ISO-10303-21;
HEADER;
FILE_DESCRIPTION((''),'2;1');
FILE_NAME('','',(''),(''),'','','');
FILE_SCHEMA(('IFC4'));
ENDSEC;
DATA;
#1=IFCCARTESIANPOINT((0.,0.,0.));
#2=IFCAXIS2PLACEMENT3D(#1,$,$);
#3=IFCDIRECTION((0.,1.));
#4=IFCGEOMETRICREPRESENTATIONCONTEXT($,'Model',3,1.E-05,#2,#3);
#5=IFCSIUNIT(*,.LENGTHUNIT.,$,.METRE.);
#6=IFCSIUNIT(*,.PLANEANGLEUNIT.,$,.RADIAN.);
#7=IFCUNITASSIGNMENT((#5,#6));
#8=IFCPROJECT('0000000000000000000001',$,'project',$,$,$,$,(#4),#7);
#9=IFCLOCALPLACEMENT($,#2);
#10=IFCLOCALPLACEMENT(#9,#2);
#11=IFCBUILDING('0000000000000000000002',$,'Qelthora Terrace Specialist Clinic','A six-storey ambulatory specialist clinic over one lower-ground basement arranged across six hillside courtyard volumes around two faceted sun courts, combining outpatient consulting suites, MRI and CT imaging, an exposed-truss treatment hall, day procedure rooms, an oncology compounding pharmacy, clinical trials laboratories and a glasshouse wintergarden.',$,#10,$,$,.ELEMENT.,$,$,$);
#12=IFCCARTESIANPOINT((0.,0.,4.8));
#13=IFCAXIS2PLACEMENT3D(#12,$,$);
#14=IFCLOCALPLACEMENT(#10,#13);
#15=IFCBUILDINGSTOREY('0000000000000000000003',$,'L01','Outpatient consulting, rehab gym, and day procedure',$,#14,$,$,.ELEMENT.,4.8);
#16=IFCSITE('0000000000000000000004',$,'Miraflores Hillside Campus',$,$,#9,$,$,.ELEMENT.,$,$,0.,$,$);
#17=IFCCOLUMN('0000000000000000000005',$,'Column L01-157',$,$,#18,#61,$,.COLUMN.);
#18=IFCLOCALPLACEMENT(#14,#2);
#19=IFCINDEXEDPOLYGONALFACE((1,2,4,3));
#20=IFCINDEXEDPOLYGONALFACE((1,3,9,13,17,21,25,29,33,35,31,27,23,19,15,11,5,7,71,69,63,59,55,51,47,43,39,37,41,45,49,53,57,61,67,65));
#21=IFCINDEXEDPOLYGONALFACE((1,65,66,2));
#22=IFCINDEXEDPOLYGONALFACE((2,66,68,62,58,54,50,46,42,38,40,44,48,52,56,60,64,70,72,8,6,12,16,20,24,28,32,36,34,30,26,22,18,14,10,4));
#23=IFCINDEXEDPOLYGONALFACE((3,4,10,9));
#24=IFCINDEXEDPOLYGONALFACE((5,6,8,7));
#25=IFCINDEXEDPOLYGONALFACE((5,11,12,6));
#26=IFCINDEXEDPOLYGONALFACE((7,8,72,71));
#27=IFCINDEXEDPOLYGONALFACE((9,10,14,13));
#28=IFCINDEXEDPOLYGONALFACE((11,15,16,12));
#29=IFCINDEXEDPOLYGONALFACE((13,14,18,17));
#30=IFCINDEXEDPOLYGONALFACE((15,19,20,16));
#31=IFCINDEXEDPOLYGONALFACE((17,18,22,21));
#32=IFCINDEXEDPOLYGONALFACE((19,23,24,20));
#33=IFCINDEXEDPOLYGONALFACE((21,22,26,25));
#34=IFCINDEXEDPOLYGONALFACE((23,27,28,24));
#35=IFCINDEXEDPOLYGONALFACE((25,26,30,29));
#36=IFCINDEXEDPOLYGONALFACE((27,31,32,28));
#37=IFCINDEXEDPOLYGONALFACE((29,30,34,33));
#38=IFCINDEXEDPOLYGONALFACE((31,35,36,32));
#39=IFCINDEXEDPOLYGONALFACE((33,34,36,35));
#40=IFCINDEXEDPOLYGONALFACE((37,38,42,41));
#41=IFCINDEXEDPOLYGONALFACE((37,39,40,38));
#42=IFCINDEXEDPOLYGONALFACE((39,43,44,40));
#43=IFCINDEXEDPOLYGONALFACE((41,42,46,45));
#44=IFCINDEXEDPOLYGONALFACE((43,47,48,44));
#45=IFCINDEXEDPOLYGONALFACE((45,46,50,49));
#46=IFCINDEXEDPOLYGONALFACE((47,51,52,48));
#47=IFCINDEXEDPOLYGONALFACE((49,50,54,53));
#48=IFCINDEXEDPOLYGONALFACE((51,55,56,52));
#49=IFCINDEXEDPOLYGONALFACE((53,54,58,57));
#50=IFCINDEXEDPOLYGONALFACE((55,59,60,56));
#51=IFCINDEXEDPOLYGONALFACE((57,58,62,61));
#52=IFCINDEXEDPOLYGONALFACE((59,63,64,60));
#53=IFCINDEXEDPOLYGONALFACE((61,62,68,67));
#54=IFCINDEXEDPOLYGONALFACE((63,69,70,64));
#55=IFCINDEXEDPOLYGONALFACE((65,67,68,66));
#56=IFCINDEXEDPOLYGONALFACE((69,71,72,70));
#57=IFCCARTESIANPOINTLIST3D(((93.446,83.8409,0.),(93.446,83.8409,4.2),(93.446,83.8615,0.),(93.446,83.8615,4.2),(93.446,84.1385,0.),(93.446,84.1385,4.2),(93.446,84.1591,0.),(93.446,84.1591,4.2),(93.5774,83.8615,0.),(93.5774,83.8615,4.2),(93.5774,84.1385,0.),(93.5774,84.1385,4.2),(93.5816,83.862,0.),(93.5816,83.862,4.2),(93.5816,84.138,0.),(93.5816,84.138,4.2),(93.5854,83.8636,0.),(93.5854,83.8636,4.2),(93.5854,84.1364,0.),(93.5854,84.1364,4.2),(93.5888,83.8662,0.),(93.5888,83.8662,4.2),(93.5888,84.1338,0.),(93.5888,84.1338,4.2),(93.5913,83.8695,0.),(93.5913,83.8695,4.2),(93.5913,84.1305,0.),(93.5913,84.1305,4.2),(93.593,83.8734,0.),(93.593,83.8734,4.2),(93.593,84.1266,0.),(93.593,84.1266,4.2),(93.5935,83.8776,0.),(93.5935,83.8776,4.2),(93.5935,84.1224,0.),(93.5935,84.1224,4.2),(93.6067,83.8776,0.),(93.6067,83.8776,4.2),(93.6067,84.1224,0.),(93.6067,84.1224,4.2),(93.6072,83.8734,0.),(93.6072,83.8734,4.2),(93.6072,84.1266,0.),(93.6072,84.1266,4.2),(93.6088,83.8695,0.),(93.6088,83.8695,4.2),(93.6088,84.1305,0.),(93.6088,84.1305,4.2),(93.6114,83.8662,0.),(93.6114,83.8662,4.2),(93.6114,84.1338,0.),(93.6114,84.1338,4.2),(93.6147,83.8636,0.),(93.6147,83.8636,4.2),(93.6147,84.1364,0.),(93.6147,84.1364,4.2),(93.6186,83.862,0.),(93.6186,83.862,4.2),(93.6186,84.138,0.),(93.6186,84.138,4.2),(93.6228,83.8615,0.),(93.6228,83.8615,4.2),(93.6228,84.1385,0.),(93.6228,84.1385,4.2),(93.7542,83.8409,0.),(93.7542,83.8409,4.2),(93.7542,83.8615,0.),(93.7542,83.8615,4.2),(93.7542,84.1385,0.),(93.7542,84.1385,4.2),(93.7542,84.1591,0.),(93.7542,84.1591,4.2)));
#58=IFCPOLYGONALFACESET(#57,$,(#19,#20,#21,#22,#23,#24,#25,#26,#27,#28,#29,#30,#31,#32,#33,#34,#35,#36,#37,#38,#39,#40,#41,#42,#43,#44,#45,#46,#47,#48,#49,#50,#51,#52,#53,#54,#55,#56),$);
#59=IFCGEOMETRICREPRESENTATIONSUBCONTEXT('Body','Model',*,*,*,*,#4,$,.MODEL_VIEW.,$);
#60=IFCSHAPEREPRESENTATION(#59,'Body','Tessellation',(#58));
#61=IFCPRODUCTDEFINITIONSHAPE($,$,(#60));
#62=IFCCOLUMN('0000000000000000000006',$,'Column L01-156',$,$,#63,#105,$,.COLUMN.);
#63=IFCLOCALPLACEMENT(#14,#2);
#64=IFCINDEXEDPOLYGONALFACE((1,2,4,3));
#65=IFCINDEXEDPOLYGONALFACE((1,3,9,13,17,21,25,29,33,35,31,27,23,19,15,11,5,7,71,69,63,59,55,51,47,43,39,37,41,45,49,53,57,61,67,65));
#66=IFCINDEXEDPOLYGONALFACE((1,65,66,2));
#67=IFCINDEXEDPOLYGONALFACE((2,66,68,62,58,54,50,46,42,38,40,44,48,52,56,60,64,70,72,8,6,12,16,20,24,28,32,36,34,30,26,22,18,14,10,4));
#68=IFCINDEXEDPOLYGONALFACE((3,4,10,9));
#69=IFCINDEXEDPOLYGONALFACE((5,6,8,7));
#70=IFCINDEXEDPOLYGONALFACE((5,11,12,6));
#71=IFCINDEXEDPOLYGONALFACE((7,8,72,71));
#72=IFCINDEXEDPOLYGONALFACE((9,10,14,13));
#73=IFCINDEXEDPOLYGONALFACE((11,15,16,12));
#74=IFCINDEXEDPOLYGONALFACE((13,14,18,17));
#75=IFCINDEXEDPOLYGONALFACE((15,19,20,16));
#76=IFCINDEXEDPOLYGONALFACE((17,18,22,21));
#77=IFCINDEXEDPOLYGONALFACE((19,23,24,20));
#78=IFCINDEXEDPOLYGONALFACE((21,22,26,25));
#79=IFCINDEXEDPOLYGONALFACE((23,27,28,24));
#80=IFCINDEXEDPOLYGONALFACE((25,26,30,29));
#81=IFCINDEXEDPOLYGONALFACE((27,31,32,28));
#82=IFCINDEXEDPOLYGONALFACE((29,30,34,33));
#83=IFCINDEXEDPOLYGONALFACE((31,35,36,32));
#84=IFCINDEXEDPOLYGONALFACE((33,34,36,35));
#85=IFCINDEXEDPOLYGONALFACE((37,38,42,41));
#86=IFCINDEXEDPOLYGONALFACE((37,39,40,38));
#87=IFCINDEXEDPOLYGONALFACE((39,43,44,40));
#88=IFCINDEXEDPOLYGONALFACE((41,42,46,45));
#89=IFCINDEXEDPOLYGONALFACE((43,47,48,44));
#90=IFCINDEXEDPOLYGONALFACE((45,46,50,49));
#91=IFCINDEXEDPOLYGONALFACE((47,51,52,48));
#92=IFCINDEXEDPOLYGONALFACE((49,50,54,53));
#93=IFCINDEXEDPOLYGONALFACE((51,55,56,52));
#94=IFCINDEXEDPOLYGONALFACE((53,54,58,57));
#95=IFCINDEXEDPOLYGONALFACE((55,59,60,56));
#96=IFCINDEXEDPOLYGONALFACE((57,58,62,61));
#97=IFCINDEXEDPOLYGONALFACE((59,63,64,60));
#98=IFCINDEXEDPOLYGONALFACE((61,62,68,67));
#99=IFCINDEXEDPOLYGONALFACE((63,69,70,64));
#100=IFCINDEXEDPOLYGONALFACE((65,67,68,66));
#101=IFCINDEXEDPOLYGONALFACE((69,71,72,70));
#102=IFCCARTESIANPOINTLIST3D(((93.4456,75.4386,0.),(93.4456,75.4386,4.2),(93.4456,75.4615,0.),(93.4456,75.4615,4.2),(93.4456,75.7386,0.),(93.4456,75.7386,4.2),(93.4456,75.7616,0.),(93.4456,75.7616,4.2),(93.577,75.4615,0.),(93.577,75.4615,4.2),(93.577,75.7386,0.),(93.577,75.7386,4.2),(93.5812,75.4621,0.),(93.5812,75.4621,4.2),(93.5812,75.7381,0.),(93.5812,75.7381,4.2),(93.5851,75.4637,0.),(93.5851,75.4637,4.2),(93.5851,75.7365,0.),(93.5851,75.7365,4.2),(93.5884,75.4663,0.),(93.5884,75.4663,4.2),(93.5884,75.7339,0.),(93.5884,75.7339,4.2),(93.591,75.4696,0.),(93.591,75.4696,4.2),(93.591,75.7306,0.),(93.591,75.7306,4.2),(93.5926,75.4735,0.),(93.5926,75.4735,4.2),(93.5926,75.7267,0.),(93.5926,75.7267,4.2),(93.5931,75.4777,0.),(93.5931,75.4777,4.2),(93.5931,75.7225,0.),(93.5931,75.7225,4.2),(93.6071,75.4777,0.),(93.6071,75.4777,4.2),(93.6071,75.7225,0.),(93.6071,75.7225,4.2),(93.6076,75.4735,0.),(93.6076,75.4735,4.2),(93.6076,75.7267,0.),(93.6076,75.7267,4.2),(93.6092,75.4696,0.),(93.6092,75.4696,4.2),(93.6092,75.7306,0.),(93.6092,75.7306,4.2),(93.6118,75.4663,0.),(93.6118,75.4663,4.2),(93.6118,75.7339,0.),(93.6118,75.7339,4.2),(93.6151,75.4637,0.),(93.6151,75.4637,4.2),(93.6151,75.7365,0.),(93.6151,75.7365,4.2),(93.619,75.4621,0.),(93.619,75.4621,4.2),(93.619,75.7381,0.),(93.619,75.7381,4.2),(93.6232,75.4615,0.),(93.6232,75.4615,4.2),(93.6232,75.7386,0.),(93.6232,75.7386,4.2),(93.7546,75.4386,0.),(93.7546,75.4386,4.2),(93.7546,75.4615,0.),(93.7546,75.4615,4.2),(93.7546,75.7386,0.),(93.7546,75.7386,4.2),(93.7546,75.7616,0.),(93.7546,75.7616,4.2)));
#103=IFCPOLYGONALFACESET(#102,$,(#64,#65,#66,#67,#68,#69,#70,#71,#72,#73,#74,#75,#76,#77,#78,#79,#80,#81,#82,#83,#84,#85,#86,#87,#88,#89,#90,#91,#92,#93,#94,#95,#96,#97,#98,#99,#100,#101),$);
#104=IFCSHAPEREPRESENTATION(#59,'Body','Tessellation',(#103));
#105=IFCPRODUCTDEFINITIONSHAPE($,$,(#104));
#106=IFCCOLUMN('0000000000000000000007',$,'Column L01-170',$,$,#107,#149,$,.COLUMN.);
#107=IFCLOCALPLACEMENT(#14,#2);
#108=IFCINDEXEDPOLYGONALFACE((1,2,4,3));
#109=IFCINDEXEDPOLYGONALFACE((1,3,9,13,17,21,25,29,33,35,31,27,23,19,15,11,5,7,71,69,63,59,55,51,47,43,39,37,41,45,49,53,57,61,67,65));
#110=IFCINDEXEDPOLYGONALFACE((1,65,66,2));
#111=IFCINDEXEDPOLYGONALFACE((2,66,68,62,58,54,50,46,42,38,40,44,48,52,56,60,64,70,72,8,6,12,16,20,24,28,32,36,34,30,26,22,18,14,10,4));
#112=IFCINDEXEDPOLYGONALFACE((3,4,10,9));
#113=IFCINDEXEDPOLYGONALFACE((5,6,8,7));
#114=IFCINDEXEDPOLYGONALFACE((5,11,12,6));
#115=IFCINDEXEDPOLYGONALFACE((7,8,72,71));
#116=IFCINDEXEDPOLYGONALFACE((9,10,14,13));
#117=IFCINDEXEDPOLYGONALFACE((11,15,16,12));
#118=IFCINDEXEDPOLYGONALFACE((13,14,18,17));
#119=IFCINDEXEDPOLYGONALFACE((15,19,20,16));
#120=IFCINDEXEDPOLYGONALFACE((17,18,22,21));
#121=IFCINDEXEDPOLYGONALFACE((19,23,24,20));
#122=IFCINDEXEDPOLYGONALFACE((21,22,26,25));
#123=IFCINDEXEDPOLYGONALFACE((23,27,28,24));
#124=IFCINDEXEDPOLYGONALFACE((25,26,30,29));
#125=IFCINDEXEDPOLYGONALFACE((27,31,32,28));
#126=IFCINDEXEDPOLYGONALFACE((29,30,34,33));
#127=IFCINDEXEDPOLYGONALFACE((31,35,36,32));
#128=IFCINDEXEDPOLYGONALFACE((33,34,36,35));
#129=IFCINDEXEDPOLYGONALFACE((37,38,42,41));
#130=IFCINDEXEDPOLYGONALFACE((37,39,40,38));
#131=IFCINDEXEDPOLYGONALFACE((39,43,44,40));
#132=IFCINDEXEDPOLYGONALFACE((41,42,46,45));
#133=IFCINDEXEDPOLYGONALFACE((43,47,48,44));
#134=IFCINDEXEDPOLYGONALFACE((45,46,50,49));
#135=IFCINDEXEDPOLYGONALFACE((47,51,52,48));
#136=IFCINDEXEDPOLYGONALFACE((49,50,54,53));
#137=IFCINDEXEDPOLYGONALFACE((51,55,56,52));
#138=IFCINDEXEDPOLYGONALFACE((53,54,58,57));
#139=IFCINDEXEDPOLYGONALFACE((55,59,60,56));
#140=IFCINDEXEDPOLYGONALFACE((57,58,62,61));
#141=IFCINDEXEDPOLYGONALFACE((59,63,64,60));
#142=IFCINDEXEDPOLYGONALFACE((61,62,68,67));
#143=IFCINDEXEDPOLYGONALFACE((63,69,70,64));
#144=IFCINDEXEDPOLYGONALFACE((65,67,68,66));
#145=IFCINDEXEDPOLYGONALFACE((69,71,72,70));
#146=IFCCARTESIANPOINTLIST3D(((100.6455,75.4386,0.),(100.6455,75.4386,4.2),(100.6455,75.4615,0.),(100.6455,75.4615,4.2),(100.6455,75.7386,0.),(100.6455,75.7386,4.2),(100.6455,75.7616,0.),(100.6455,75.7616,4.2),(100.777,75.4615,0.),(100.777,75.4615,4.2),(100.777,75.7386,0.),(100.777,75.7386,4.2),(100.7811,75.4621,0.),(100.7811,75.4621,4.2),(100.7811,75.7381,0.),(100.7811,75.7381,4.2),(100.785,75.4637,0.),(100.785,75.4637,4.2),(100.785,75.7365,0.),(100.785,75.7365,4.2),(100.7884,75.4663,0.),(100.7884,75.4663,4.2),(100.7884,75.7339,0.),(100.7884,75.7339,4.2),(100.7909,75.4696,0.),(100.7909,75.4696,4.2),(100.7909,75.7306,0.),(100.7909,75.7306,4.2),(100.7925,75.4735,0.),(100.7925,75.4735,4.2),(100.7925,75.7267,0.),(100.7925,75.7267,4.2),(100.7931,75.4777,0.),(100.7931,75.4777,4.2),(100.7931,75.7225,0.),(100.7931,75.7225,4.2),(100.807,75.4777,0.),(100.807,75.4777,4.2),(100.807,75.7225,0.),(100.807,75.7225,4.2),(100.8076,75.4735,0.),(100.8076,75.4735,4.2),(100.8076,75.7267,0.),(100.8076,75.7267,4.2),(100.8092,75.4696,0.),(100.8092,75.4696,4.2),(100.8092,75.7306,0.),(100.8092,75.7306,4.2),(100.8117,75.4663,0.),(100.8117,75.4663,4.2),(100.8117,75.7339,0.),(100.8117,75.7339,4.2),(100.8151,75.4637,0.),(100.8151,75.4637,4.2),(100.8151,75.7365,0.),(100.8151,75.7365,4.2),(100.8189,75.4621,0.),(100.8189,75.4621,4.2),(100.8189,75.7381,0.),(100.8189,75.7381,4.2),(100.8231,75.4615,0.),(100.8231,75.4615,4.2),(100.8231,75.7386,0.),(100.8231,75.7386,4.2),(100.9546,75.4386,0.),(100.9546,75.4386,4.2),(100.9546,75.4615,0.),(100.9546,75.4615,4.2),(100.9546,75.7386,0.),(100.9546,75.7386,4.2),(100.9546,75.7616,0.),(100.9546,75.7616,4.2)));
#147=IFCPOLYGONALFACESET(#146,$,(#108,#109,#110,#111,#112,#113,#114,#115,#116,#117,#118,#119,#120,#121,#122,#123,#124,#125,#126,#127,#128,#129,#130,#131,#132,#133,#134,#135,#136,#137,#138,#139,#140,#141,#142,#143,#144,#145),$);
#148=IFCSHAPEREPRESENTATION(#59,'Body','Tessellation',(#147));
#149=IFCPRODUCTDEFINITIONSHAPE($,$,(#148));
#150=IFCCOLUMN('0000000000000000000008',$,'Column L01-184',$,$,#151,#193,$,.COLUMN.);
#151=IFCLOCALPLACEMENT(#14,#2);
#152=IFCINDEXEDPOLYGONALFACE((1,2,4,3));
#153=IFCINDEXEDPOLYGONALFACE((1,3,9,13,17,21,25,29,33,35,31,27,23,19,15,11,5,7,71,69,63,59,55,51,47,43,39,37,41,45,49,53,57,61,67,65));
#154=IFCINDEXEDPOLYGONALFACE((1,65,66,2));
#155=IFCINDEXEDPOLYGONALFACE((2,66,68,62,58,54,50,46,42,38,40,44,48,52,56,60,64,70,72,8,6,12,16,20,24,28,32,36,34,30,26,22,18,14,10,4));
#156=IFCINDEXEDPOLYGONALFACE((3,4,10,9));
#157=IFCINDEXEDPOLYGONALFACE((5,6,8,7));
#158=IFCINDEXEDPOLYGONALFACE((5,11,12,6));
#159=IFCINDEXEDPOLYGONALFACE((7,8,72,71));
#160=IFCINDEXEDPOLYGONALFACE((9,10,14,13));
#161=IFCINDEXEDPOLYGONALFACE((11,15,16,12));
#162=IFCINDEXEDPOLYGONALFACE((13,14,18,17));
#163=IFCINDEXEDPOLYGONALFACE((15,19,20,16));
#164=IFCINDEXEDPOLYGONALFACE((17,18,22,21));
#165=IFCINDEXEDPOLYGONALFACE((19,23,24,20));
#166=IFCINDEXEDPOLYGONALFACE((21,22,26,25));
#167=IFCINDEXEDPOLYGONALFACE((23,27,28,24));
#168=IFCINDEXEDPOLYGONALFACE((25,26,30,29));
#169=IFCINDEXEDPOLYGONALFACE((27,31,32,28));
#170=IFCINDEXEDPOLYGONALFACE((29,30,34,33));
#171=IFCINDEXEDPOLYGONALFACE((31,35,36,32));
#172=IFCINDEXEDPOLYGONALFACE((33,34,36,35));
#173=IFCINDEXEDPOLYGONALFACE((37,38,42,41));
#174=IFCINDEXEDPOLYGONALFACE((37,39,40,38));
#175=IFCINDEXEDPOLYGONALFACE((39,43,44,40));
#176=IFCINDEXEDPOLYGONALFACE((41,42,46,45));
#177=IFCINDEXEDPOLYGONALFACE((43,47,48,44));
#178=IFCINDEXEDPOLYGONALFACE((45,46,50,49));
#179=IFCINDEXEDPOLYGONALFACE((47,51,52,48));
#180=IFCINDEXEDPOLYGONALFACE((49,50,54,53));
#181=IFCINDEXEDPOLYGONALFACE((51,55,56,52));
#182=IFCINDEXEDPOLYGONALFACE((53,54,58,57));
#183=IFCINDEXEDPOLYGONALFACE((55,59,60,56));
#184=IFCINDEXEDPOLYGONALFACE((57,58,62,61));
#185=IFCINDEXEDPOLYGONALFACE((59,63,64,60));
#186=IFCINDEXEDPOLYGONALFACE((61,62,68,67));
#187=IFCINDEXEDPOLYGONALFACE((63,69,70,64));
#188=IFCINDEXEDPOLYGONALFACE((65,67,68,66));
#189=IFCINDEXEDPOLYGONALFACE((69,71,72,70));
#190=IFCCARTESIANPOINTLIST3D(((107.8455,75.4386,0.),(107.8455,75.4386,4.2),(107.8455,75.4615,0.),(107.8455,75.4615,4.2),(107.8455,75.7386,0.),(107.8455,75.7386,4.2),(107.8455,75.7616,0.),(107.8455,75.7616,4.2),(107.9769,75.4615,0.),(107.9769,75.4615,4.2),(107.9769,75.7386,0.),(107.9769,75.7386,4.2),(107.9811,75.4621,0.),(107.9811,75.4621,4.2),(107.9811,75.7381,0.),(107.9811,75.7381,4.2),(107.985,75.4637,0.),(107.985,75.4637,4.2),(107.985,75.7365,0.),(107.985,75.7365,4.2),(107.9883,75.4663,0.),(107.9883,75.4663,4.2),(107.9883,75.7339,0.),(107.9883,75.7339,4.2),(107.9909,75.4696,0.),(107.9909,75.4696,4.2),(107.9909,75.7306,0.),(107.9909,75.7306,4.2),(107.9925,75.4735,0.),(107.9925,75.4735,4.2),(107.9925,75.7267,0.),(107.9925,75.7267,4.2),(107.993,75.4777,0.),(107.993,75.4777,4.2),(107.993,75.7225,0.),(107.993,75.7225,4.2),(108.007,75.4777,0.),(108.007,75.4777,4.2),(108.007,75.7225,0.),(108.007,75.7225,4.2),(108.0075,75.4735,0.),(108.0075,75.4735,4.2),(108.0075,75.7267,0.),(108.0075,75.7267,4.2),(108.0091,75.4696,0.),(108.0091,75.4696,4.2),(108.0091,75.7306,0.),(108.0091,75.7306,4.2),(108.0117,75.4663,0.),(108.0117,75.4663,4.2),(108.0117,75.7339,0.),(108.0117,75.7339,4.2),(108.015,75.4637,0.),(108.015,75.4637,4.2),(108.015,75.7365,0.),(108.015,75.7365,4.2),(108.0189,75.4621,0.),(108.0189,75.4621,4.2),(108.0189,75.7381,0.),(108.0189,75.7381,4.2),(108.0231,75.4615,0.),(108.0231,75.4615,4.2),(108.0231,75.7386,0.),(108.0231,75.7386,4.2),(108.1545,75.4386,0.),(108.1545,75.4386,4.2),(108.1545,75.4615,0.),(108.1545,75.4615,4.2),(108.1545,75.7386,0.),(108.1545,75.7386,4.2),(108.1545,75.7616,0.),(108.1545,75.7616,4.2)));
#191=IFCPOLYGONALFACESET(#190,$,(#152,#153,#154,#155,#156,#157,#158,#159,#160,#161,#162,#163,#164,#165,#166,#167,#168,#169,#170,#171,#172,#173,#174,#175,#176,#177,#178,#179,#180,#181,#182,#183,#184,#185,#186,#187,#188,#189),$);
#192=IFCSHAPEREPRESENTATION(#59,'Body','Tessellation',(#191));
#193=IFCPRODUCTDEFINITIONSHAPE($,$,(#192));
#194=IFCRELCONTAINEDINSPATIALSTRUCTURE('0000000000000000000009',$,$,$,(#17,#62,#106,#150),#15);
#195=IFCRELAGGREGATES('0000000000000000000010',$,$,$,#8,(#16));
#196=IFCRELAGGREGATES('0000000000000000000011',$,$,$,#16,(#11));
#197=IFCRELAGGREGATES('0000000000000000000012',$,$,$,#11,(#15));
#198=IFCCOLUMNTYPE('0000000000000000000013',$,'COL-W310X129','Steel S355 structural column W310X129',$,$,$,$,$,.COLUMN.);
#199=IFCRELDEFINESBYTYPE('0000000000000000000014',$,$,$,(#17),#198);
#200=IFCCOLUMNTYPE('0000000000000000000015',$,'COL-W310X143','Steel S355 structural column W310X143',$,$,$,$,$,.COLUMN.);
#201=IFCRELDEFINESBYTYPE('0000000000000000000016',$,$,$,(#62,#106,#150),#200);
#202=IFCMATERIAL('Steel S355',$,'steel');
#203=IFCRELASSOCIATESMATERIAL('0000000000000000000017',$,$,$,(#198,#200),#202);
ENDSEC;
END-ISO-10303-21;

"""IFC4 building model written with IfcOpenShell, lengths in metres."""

from ifc_helpers import new_model, si_unit, direction, frame, origin, origin_2d, place, context, subcontext, project, spatial, i_section, extrude, material, material_profile, profile_set, type_object, element, save


model = new_model("IFC4")

# Units and contexts
model_context = context("Model", 3, precision=1e-05, world=origin(), true_north=direction((0.0, 1.0)))
body_context = subcontext(model_context, "Body", "Model", "MODEL_VIEW")
ifc_project = project(units=[si_unit("LENGTHUNIT", "METRE"), si_unit("PLANEANGLEUNIT", "RADIAN")], contexts=[model_context])

# Site, building, storey
site_placement = place(None, origin())
site = spatial("IfcSite", under=ifc_project, at=site_placement, Name="Miraflores Hillside Campus", CompositionType="ELEMENT", RefElevation=0.0)
building_placement = place(site_placement, origin())
building = spatial("IfcBuilding", under=site, at=building_placement, Name="Qelthora Terrace Specialist Clinic", Description="A six-storey ambulatory specialist clinic over one lower-ground basement arranged across six hillside courtyard volumes around two faceted sun courts, combining outpatient consulting suites, MRI and CT imaging, an exposed-truss treatment hall, day procedure rooms, an oncology compounding pharmacy, clinical trials laboratories and a glasshouse wintergarden.", CompositionType="ELEMENT")
storey_placement = place(building_placement, frame((0.0, 0.0, 4.8)))
storey = spatial("IfcBuildingStorey", under=building, at=storey_placement, Name="L01", Description="Outpatient consulting, rehab gym, and day procedure", CompositionType="ELEMENT", Elevation=4.8)

# Columns
ifc_material_1 = material(Name="Steel S355", Category="steel")
ifc_material_profile_1 = material_profile(ifc_material_1, i_section(OverallWidth=0.3081, OverallDepth=0.3181, WebThickness=0.0132, FlangeThickness=0.0205, FilletRadius=0.0161, at=origin_2d()), Name="W310X129")
ifc_profile_set_1 = profile_set([ifc_material_profile_1], Name="Steel S355")
column_type_1 = type_object("IfcColumnType", Name="COL-W310X129", Description="Steel S355 structural column W310X129", PredefinedType="COLUMN", material=ifc_profile_set_1)
column_placement = place(storey_placement, frame((93.6001, 84.0, 0.0), z_axis=(0.0, 0.0, 1.0), x_axis=(1.0, 0.0, 0.0)))
element("IfcColumn", 1, at=column_placement, inside=storey, type_object=column_type_1, Name="Column L01-157", PredefinedType="COLUMN", context=body_context, shape_type="SweptSolid", body=[
    extrude(i_section(OverallWidth=0.3081, OverallDepth=0.3181, WebThickness=0.0132, FlangeThickness=0.0205, FilletRadius=0.0161, at=origin_2d()), origin(), (0.0, 0.0, 1.0), 4.2),
])
ifc_material_profile_2 = material_profile(ifc_material_1, i_section(OverallWidth=0.3091, OverallDepth=0.323, WebThickness=0.0139, FlangeThickness=0.0229, FilletRadius=0.0161, at=origin_2d()), Name="W310X143")
ifc_profile_set_2 = profile_set([ifc_material_profile_2], Name="Steel S355")
column_type_2 = type_object("IfcColumnType", Name="COL-W310X143", Description="Steel S355 structural column W310X143", PredefinedType="COLUMN", material=ifc_profile_set_2)
for number, where, z_axis, x_axis, name in (
    (2, (93.6001, 75.6001, 0.0), (0.0, 0.0, 1.0), (1.0, 0.0, 0.0), "Column L01-156"),
    (3, (100.8, 75.6001, 0.0), (0.0, 0.0, 1.0), (1.0, 0.0, 0.0), "Column L01-170"),
    (4, (108.0, 75.6001, 0.0), (0.0, 0.0, 1.0), (1.0, 0.0, 0.0), "Column L01-184"),
):
    element("IfcColumn", number, at=place(storey_placement, frame(where, z_axis=z_axis, x_axis=x_axis)), inside=storey, type_object=column_type_2, Name=name, PredefinedType="COLUMN", context=body_context, shape_type="SweptSolid", body=[
        extrude(i_section(OverallWidth=0.3091, OverallDepth=0.323, WebThickness=0.0139, FlangeThickness=0.0229, FilletRadius=0.0161, at=origin_2d()), origin(), (0.0, 0.0, 1.0), 4.2),
    ])

save(model, "model.ifc")
